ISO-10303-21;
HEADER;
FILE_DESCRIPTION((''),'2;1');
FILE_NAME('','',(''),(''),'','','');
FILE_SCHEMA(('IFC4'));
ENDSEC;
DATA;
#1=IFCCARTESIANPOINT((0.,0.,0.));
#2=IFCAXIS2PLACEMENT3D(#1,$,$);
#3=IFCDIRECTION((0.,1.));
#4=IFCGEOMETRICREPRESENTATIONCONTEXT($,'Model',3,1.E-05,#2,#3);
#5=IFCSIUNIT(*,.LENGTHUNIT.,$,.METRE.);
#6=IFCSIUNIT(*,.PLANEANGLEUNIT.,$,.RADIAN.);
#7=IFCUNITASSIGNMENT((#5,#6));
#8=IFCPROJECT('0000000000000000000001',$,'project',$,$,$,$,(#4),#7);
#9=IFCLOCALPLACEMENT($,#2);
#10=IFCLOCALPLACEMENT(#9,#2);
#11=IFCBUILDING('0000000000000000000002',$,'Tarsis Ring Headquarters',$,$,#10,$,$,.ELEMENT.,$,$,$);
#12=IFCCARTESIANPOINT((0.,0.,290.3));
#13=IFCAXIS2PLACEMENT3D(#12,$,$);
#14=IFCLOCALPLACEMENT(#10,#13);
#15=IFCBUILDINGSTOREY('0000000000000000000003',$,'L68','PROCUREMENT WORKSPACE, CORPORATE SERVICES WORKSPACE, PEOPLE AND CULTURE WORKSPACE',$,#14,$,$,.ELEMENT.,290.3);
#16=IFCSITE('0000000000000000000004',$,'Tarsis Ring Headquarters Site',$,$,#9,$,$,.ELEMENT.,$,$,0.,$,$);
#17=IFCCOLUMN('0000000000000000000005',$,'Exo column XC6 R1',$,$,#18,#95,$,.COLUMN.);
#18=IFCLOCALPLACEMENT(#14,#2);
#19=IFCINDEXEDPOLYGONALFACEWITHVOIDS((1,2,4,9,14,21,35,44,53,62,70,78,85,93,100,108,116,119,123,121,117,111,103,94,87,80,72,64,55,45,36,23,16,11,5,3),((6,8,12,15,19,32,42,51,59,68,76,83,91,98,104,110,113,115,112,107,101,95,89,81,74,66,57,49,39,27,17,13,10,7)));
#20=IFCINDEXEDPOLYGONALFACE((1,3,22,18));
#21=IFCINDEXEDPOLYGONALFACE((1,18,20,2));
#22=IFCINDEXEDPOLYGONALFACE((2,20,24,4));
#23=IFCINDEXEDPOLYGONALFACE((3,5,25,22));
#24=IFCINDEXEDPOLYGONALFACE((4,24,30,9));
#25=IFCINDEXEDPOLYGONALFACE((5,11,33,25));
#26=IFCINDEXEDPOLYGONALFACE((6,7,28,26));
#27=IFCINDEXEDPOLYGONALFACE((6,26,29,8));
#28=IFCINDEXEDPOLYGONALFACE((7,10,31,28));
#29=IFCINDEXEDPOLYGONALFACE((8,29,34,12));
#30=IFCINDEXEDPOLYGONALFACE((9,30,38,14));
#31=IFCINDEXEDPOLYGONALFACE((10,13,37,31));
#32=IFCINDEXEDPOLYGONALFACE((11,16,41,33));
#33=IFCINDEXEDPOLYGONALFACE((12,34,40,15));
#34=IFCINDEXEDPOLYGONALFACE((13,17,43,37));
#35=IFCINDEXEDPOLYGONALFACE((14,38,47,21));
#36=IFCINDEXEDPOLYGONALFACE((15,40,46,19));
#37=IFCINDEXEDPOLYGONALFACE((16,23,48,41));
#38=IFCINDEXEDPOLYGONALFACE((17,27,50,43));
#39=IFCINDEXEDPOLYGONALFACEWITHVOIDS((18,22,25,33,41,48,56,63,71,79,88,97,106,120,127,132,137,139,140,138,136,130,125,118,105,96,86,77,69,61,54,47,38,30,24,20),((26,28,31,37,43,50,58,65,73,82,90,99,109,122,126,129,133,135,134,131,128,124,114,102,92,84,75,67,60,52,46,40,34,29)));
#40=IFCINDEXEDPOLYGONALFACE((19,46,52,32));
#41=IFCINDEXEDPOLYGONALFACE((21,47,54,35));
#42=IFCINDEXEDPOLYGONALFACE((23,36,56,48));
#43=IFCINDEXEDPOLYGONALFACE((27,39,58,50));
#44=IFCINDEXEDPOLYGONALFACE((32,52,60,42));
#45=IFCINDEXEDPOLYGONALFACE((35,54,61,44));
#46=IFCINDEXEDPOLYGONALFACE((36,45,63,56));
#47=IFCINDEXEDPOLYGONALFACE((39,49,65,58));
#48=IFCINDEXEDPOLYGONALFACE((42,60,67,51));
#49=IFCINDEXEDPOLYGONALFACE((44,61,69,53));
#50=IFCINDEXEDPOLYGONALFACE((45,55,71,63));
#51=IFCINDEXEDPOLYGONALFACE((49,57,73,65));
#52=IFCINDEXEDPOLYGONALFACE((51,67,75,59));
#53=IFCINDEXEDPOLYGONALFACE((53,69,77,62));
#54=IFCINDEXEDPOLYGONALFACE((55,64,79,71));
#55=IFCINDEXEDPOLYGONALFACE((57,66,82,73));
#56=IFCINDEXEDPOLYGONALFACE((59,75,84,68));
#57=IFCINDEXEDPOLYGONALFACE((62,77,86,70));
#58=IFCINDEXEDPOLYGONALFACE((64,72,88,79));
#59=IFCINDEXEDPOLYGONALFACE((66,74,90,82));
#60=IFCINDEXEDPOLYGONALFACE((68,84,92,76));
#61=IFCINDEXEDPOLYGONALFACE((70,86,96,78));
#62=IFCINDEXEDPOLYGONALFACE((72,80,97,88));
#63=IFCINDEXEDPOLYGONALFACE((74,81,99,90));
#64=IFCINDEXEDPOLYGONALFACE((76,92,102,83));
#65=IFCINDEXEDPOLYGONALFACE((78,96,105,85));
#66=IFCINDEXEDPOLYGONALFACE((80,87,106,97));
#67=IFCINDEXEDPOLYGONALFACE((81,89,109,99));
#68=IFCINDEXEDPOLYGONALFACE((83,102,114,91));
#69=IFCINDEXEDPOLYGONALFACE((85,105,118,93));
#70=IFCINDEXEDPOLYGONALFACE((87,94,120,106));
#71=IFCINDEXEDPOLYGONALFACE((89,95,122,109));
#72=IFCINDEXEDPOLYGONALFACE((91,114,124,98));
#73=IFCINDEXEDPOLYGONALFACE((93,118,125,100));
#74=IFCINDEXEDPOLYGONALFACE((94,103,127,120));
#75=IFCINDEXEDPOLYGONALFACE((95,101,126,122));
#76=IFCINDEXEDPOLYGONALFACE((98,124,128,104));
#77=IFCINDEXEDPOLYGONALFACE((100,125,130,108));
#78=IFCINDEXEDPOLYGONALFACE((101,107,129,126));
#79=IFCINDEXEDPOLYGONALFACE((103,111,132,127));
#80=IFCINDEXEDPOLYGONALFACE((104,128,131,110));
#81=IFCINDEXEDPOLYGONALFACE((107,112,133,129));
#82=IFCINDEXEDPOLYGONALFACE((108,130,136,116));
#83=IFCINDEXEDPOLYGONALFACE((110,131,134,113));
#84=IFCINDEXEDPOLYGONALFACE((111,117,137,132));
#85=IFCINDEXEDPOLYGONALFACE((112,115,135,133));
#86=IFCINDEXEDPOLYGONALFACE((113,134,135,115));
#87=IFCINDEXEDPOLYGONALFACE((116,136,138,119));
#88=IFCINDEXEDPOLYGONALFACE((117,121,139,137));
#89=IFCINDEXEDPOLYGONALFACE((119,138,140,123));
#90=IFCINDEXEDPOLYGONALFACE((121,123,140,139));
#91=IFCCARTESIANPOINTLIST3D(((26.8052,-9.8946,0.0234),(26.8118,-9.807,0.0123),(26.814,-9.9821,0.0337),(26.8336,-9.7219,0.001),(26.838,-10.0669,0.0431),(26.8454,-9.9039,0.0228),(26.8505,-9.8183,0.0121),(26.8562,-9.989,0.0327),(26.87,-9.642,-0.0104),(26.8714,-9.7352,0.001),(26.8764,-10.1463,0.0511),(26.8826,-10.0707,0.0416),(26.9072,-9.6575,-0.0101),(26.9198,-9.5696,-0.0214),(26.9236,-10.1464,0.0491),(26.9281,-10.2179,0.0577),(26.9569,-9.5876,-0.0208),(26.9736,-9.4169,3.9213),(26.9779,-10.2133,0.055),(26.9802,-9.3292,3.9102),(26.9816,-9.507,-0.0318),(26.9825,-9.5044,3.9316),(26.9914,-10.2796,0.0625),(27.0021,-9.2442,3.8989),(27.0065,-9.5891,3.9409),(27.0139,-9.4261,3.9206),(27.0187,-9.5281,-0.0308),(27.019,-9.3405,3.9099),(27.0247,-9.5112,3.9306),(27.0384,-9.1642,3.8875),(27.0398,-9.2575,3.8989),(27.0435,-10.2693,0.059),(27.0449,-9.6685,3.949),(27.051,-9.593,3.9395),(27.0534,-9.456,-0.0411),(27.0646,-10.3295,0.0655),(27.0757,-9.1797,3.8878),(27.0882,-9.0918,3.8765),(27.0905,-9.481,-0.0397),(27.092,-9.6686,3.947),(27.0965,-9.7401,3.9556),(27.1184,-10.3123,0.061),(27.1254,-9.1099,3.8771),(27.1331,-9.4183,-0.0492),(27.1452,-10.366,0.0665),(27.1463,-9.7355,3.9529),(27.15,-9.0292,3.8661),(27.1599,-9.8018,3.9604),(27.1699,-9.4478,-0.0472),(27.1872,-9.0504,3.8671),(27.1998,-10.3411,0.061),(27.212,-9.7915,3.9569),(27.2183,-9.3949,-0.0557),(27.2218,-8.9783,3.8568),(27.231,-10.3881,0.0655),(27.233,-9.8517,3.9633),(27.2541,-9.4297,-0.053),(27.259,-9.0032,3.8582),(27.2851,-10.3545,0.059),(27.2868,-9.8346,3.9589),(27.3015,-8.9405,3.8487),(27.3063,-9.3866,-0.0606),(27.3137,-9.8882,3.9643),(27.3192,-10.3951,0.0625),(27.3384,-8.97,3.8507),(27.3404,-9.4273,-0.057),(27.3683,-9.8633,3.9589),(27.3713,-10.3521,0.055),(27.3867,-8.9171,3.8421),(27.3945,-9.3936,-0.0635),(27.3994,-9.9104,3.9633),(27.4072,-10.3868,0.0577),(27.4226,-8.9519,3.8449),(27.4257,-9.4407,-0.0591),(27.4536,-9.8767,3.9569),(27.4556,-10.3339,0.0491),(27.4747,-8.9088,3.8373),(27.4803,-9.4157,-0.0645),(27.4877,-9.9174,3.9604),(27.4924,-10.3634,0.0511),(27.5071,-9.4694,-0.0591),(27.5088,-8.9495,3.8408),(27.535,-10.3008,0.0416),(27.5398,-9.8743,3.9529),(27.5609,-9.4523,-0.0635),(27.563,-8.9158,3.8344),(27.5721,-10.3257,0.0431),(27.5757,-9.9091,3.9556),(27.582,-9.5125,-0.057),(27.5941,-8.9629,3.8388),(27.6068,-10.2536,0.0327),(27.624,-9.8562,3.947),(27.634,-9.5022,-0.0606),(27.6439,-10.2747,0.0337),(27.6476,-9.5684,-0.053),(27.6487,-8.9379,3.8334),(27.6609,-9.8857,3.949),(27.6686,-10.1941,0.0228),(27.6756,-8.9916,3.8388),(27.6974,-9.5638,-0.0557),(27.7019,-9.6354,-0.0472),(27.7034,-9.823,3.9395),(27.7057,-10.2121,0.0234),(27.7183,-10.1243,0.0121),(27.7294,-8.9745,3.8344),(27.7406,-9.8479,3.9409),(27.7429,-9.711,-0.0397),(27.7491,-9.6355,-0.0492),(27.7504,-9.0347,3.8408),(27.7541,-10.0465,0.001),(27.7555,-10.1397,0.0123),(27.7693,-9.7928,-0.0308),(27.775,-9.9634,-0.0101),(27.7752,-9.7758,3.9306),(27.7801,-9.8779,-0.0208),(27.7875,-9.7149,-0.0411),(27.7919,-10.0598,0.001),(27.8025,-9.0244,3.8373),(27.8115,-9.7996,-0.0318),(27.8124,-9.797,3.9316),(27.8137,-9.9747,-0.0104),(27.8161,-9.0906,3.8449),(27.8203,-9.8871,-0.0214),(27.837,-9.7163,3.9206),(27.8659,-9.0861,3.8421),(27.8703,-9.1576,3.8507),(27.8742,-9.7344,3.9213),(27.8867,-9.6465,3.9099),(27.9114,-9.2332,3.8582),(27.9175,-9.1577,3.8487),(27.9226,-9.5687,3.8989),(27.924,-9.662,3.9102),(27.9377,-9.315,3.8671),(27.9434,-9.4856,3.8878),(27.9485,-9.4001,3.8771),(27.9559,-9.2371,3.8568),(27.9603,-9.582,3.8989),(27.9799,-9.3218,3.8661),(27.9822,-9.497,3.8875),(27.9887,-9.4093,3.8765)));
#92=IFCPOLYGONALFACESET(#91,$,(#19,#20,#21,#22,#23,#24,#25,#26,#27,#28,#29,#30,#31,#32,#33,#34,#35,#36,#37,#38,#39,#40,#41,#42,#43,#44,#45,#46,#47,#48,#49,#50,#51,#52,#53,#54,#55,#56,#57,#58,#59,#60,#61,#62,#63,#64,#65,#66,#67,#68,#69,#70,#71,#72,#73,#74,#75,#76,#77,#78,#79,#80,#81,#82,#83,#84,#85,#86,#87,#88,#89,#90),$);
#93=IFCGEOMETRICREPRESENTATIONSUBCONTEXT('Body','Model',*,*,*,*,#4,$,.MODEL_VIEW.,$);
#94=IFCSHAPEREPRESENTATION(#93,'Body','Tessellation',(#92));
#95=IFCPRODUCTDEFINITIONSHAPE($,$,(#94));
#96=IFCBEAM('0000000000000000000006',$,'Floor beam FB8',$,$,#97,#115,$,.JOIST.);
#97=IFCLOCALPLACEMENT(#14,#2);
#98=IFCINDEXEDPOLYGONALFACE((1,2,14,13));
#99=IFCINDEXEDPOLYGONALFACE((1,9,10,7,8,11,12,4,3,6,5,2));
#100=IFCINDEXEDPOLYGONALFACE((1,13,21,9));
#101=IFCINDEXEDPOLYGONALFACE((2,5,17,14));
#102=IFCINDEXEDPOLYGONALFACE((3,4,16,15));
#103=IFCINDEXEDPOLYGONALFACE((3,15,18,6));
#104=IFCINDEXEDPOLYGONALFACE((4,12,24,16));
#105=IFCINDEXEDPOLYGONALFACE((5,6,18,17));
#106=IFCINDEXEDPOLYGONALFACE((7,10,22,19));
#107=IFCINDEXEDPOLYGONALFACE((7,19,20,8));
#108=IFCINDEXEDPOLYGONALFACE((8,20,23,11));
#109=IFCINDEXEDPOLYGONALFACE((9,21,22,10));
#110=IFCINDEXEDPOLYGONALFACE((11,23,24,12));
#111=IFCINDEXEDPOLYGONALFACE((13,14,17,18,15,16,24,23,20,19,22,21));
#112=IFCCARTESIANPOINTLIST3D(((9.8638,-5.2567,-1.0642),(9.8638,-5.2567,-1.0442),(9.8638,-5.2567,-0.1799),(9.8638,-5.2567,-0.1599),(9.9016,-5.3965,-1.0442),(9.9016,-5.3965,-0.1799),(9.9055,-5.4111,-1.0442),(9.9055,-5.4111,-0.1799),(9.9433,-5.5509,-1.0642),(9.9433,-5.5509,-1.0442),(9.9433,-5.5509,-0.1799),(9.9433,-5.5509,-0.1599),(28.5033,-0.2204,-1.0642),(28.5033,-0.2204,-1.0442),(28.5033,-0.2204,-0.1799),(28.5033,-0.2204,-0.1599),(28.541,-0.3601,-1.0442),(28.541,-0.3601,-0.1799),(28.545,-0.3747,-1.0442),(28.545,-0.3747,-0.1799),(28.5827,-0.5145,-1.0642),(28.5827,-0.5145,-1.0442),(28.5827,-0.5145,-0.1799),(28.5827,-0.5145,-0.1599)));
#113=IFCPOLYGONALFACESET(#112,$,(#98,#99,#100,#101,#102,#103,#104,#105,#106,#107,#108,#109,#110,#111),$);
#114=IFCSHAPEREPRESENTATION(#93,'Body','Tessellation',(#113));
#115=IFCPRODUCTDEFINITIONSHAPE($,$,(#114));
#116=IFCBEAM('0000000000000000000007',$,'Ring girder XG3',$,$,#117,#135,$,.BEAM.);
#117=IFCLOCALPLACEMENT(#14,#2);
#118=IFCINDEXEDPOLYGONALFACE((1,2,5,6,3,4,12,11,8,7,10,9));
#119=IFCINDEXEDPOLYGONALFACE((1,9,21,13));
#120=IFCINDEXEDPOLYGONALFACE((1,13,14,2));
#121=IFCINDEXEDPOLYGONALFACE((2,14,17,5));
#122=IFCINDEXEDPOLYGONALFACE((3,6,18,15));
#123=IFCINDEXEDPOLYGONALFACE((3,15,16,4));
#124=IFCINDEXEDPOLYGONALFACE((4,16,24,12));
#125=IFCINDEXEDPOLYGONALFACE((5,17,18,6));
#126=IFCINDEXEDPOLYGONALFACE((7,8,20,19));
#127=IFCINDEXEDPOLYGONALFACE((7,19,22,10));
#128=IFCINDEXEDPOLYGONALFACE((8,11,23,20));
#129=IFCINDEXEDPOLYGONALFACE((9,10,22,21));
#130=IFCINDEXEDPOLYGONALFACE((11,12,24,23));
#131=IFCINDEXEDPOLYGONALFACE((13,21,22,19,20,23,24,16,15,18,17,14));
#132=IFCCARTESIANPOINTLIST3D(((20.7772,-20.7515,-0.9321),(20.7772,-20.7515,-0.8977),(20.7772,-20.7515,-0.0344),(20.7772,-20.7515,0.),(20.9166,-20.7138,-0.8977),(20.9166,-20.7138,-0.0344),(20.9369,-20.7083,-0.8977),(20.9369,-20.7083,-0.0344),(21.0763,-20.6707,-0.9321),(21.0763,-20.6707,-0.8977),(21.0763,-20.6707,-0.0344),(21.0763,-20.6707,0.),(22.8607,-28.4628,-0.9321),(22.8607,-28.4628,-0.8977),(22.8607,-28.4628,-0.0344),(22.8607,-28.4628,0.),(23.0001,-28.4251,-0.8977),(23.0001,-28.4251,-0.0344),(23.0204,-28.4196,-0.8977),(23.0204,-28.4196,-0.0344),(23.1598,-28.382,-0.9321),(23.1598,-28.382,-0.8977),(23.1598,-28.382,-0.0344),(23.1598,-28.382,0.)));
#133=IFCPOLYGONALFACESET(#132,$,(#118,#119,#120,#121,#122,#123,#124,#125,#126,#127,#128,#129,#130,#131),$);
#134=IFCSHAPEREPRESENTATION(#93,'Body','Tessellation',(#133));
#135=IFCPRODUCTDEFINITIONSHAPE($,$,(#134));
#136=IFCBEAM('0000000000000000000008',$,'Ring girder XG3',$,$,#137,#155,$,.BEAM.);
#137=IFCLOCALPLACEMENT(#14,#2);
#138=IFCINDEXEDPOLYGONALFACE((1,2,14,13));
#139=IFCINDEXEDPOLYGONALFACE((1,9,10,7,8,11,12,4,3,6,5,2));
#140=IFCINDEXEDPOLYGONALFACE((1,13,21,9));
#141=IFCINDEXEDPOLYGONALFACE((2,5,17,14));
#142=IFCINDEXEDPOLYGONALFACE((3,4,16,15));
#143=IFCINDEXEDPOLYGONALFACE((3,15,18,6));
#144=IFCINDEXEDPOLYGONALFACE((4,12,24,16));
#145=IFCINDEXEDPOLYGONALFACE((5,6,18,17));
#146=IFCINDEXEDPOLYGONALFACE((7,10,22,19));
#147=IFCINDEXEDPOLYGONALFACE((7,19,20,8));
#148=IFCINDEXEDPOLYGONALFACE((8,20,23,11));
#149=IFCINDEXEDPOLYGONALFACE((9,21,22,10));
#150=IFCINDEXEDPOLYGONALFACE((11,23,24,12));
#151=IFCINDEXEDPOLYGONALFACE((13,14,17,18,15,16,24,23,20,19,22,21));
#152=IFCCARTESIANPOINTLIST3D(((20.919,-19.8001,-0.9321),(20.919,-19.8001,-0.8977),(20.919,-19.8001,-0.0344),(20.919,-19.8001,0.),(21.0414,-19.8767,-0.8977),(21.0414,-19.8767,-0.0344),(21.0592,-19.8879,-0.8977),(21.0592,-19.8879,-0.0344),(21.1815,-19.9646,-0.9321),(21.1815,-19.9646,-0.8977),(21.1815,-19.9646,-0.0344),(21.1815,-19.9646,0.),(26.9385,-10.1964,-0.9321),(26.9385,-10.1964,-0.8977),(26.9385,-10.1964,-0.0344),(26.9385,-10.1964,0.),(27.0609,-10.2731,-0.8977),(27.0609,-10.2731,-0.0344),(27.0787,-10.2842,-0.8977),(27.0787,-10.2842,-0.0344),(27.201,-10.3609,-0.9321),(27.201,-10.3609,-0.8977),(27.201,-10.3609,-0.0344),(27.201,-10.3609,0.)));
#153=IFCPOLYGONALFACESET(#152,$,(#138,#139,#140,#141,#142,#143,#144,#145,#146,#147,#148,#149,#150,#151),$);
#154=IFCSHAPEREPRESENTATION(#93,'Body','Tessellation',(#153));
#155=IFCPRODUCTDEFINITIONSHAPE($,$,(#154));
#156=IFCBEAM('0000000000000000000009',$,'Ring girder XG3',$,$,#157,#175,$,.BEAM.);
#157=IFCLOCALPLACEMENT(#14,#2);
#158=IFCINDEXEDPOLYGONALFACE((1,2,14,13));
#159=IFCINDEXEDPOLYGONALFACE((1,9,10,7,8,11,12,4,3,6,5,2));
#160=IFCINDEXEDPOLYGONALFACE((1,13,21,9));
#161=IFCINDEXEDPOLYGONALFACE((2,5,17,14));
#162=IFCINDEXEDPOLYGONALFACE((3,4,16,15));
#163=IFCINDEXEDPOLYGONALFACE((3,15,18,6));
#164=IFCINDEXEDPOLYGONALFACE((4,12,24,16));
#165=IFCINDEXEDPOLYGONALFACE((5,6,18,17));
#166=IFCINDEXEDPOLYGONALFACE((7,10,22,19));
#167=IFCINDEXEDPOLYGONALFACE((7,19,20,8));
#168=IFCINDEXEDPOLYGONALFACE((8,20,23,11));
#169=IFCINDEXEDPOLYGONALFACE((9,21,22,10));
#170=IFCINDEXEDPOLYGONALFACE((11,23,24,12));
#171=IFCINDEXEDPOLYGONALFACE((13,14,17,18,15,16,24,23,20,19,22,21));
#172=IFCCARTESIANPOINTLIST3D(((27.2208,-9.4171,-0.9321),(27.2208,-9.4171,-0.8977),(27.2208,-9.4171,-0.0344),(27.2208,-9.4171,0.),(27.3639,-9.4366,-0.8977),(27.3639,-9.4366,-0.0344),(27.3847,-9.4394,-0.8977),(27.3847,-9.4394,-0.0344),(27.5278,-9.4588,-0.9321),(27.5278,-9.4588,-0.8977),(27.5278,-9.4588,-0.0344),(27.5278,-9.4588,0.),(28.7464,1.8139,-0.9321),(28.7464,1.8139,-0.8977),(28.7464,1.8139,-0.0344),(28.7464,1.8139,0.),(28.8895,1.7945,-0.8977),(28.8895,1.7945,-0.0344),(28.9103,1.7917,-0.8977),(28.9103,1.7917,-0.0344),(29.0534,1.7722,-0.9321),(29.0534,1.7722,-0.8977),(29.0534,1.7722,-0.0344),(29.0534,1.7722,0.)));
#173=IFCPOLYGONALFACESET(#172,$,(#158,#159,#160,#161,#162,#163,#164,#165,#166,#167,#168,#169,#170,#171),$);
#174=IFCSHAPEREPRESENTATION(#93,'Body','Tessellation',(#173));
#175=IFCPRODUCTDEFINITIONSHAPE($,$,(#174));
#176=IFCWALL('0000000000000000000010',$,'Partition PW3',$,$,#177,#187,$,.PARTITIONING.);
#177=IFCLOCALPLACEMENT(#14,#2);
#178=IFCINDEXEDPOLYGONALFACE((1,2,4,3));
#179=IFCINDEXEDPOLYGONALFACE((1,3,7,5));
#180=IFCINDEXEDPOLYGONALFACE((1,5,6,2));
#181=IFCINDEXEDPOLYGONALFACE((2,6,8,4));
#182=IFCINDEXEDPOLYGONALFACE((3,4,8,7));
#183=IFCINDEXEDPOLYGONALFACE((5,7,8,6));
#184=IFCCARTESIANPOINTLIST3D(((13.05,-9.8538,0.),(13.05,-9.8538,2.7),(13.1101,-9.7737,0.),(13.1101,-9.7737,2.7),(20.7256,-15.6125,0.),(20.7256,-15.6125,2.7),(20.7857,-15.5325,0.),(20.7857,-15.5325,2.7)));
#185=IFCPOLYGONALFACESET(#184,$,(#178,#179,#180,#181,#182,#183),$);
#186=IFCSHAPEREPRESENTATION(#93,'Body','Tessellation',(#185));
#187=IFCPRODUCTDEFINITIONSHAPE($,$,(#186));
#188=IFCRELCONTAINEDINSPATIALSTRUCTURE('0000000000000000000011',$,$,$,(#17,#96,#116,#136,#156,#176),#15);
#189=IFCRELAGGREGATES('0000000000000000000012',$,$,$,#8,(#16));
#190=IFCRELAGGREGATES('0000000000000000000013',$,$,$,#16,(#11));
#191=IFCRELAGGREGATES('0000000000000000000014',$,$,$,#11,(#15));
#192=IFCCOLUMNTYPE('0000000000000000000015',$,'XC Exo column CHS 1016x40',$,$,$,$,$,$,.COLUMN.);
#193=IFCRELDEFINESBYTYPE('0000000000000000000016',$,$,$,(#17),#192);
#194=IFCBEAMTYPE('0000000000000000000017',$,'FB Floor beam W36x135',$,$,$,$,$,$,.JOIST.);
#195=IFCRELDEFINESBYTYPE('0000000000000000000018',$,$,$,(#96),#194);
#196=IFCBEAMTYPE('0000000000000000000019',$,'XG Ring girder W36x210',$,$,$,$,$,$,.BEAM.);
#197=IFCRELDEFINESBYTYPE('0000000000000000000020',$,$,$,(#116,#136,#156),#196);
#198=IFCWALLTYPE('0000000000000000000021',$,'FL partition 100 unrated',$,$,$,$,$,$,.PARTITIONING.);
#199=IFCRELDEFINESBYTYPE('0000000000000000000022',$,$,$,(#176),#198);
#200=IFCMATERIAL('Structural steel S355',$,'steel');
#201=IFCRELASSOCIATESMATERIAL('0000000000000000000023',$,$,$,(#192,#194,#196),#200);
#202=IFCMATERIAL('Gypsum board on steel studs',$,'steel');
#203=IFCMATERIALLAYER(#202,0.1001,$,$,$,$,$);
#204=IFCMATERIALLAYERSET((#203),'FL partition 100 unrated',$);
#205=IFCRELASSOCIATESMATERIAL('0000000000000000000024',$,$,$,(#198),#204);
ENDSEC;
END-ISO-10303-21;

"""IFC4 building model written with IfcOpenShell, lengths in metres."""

from ifc_helpers import new_model, si_unit, direction, frame, frame_2d, origin, origin_2d, place, context, subcontext, project, spatial, rectangle, hollow_circle, i_section, extrude, material, layer, layer_set, material_profile, profile_set, type_object, element, save


model = new_model("IFC4")

# Units and contexts
model_context = context("Model", 3, precision=1e-05, world=origin(), true_north=direction((0.0, 1.0)))
body_context = subcontext(model_context, "Body", "Model", "MODEL_VIEW")
ifc_project = project(units=[si_unit("LENGTHUNIT", "METRE"), si_unit("PLANEANGLEUNIT", "RADIAN")], contexts=[model_context])

# Site, building, storey
site_placement = place(None, origin())
site = spatial("IfcSite", under=ifc_project, at=site_placement, Name="Tarsis Ring Headquarters Site", CompositionType="ELEMENT", RefElevation=0.0)
building_placement = place(site_placement, origin())
building = spatial("IfcBuilding", under=site, at=building_placement, Name="Tarsis Ring Headquarters", CompositionType="ELEMENT")
storey_placement = place(building_placement, frame((0.0, 0.0, 290.3)))
storey = spatial("IfcBuildingStorey", under=building, at=storey_placement, Name="L68", Description="PROCUREMENT WORKSPACE, CORPORATE SERVICES WORKSPACE, PEOPLE AND CULTURE WORKSPACE", CompositionType="ELEMENT", Elevation=290.3)

# Column
ifc_material_1 = material(Name="Structural steel S355", Category="steel")
ifc_material_profile_1 = material_profile(ifc_material_1, hollow_circle(Radius=0.5081, WallThickness=0.04, at=origin_2d()), Name="CHS 1016x40")
ifc_profile_set_1 = profile_set([ifc_material_profile_1], Name="Structural steel S355")
column_type = type_object("IfcColumnType", Name="XC Exo column CHS 1016x40", PredefinedType="COLUMN", material=ifc_profile_set_1)
for number, where, z_axis, x_axis, name in (
    (1, (27.3127, -9.8909, 0.001), (0.042856, 0.121551, 0.99166), (-0.943097, 0.332518, 0.0), "Exo column XC6 R1"),
):
    element("IfcColumn", number, at=place(storey_placement, frame(where, z_axis=z_axis, x_axis=x_axis)), inside=storey, type_object=column_type, Name=name, PredefinedType="COLUMN", context=body_context, shape_type="SweptSolid", body=[
        extrude(hollow_circle(Radius=0.5081, WallThickness=0.04, at=origin_2d()), origin(), (0.0, 0.0, 1.0), 3.9307),
    ])

# Beams
ifc_material_profile_2 = material_profile(ifc_material_1, i_section(OverallWidth=0.3047, OverallDepth=0.9043, WebThickness=0.0151, FlangeThickness=0.02, at=origin_2d()), Name="W36x135")
ifc_profile_set_2 = profile_set([ifc_material_profile_2], Name="Structural steel S355")
beam_type_1 = type_object("IfcBeamType", Name="FB Floor beam W36x135", PredefinedType="JOIST", material=ifc_profile_set_2)
beam_1_placement = place(storey_placement, frame((9.9036, -5.4038, -0.6121), z_axis=(0.96538, 0.260846, 0.0), x_axis=(-0.260846, 0.96538, 0.0)))
element("IfcBeam", 2, at=beam_1_placement, inside=storey, type_object=beam_type_1, Name="Floor beam FB8", PredefinedType="JOIST", context=body_context, shape_type="SweptSolid", body=[
    extrude(i_section(OverallWidth=0.3047, OverallDepth=0.9043, WebThickness=0.0151, FlangeThickness=0.02, at=origin_2d()), origin(), (0.0, 0.0, 1.0), 19.3079),
])
ifc_material_profile_3 = material_profile(ifc_material_1, i_section(OverallWidth=0.3098, OverallDepth=0.9321, WebThickness=0.021, FlangeThickness=0.0344, at=origin_2d()), Name="W36x210")
ifc_profile_set_3 = profile_set([ifc_material_profile_3], Name="Structural steel S355")
beam_type_2 = type_object("IfcBeamType", Name="XG Ring girder W36x210", PredefinedType="BEAM", material=ifc_profile_set_3)
beam_2_placement = place(storey_placement, frame((23.0103, -28.4224, -0.4661), z_axis=(-0.260838, 0.965383, 0.0), x_axis=(-0.965383, -0.260838, 0.0)))
element("IfcBeam", 3, at=beam_2_placement, inside=storey, type_object=beam_type_2, Name="Ring girder XG3", PredefinedType="BEAM", context=body_context, shape_type="SweptSolid", body=[
    extrude(i_section(OverallWidth=0.3098, OverallDepth=0.9321, WebThickness=0.021, FlangeThickness=0.0344, at=origin_2d()), origin(), (0.0, 0.0, 1.0), 7.9878),
])
for number, where, z_axis, x_axis, name in (
    (4, (21.0503, -19.8823, -0.4661), (0.531089, 0.847316, 0.0), (-0.847316, 0.531089, 0.0), "Ring girder XG3"),
    (5, (27.3743, -9.438, -0.4661), (0.134603, 0.9909, 0.0), (-0.9909, 0.134603, 0.0), "Ring girder XG3"),
):
    element("IfcBeam", number, at=place(storey_placement, frame(where, z_axis=z_axis, x_axis=x_axis)), inside=storey, type_object=beam_type_2, Name=name, PredefinedType="BEAM", context=body_context, shape_type="SweptSolid", body=[
        extrude(i_section(OverallWidth=0.3098, OverallDepth=0.9321, WebThickness=0.021, FlangeThickness=0.0344, at=origin_2d()), origin(), (0.0, 0.0, 1.0), 11.3342),
    ])

# Wall
ifc_material_2 = material(Name="Gypsum board on steel studs", Category="steel")
ifc_layer_1 = layer(ifc_material_2, 0.1001)
ifc_layer_set_1 = layer_set([ifc_layer_1], Name="FL partition 100 unrated")
wall_type_1 = type_object("IfcWallType", Name="FL partition 100 unrated", PredefinedType="PARTITIONING", material=ifc_layer_set_1)
wall_1_placement = place(storey_placement, frame((13.0801, -9.8137, 0.0), z_axis=(0.0, 0.0, 1.0), x_axis=(0.799893, -0.600142, 0.0)))
element("IfcWall", 6, at=wall_1_placement, inside=storey, type_object=wall_type_1, Name="Partition PW3", PredefinedType="PARTITIONING", context=body_context, shape_type="SweptSolid", body=[
    extrude(rectangle(XDim=9.5957, YDim=0.1001, at=frame_2d((4.7979, 0.0))), origin(), (0.0, 0.0, 1.0), 2.7),
])

save(model, "model.ifc")
